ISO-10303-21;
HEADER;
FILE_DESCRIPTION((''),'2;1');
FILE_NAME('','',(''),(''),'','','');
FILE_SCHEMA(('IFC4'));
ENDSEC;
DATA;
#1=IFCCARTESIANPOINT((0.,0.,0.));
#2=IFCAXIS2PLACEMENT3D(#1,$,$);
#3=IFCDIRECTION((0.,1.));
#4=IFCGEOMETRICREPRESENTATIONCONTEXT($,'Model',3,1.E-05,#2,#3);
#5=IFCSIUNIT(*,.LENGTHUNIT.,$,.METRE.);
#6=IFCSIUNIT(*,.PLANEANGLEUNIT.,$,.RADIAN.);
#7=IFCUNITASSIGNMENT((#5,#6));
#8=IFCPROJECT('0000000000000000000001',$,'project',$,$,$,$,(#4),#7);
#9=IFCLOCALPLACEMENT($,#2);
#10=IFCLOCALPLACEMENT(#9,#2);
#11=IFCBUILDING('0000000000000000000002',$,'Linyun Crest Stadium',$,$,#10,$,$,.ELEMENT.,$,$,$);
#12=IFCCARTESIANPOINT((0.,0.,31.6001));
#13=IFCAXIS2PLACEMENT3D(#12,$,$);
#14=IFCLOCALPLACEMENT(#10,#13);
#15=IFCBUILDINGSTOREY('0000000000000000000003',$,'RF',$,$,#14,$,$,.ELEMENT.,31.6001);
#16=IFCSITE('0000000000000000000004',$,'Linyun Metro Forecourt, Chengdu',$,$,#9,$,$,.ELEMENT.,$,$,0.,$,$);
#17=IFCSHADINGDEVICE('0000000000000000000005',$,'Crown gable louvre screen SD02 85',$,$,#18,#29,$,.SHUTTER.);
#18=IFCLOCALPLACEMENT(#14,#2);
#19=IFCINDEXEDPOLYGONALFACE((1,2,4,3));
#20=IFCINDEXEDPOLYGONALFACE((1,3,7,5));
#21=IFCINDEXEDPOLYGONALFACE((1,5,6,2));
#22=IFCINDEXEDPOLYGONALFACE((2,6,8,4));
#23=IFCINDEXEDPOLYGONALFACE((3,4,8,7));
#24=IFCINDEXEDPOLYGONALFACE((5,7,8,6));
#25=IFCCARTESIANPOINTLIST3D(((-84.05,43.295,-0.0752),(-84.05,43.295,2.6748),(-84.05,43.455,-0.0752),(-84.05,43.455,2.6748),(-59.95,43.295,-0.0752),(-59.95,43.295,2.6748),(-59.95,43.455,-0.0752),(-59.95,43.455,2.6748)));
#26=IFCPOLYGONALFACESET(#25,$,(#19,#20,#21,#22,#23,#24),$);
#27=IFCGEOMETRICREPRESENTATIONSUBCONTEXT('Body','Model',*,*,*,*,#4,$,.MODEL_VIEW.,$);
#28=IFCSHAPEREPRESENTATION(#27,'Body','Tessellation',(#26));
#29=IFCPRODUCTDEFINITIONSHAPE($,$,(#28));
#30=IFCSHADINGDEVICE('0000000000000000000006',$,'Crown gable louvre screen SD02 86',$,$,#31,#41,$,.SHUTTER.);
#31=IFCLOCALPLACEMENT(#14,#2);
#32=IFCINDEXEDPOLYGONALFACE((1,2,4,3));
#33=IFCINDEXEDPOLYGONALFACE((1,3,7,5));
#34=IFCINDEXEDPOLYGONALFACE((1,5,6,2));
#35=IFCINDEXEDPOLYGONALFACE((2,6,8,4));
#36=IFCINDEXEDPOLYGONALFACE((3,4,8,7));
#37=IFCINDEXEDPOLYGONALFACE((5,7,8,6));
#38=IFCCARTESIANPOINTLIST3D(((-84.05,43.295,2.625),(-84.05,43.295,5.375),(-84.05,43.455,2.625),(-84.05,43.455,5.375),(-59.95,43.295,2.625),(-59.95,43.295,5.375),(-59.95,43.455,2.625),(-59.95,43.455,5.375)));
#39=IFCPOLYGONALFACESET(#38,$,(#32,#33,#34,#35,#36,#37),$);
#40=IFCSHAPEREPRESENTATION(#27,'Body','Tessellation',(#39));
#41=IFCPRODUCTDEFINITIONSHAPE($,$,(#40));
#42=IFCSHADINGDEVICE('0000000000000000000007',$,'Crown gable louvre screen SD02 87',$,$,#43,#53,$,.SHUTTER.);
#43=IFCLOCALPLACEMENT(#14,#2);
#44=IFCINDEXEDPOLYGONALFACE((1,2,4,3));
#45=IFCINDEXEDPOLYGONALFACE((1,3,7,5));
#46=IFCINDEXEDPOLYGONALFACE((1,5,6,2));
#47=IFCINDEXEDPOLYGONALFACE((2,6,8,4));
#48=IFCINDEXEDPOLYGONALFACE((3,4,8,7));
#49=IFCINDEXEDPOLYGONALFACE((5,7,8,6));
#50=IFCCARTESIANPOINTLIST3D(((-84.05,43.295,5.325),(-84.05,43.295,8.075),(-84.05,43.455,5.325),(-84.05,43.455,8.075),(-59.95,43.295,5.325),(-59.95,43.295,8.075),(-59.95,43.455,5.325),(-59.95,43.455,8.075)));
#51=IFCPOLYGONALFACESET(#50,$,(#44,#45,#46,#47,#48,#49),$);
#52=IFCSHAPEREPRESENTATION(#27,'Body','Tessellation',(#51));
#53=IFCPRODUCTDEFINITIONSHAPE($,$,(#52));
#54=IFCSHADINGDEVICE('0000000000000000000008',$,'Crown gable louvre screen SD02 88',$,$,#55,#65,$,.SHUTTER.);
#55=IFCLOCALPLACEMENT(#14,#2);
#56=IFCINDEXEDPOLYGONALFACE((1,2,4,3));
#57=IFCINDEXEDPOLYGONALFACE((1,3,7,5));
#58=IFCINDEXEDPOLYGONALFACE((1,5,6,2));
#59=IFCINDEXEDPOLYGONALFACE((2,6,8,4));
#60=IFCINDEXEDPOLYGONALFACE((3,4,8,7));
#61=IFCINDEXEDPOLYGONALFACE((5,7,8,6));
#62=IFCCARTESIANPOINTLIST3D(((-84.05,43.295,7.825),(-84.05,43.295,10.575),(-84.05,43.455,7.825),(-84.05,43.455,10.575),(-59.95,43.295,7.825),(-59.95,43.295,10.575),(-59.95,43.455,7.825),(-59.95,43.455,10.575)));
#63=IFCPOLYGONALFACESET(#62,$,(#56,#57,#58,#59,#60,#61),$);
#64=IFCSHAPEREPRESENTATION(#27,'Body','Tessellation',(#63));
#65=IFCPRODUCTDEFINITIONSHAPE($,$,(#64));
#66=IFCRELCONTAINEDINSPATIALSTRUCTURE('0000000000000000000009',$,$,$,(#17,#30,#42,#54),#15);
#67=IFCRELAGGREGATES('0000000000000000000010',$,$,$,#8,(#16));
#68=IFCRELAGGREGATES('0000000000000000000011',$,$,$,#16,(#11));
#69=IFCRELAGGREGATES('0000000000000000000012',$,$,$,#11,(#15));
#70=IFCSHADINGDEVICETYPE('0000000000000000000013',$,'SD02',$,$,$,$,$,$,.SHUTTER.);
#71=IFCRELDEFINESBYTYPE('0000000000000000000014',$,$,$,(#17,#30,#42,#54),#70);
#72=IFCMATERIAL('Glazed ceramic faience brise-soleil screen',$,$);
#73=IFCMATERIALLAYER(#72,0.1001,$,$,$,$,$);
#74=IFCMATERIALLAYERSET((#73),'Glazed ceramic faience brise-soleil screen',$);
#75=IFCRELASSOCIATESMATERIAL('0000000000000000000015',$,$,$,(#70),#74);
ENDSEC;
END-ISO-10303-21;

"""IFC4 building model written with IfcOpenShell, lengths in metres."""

from ifc_helpers import new_model, si_unit, direction, frame, origin, origin_2d, place, context, subcontext, project, spatial, rectangle, extrude, material, layer, layer_set, type_object, element, save


model = new_model("IFC4")

# Units and contexts
model_context = context("Model", 3, precision=1e-05, world=origin(), true_north=direction((0.0, 1.0)))
body_context = subcontext(model_context, "Body", "Model", "MODEL_VIEW")
ifc_project = project(units=[si_unit("LENGTHUNIT", "METRE"), si_unit("PLANEANGLEUNIT", "RADIAN")], contexts=[model_context])

# Site, building, storey
site_placement = place(None, origin())
site = spatial("IfcSite", under=ifc_project, at=site_placement, Name="Linyun Metro Forecourt, Chengdu", CompositionType="ELEMENT", RefElevation=0.0)
building_placement = place(site_placement, origin())
building = spatial("IfcBuilding", under=site, at=building_placement, Name="Linyun Crest Stadium", CompositionType="ELEMENT")
storey_placement = place(building_placement, frame((0.0, 0.0, 31.6001)))
storey = spatial("IfcBuildingStorey", under=building, at=storey_placement, Name="RF", CompositionType="ELEMENT", Elevation=31.6001)

# Shading devices
ifc_material_1 = material(Name="Glazed ceramic faience brise-soleil screen")
ifc_layer_1 = layer(ifc_material_1, 0.1001)
ifc_layer_set_1 = layer_set([ifc_layer_1], Name="Glazed ceramic faience brise-soleil screen")
shading_device_type_1 = type_object("IfcShadingDeviceType", Name="SD02", PredefinedType="SHUTTER", material=ifc_layer_set_1)
for number, where, z_axis, x_axis, name in (
    (1, (-72.0, 43.375, -0.0752), (0.0, 0.0, 1.0), (1.0, 0.0, 0.0), "Crown gable louvre screen SD02 85"),
    (2, (-72.0, 43.375, 2.625), (0.0, 0.0, 1.0), (1.0, 0.0, 0.0), "Crown gable louvre screen SD02 86"),
    (3, (-72.0, 43.375, 5.325), (0.0, 0.0, 1.0), (1.0, 0.0, 0.0), "Crown gable louvre screen SD02 87"),
    (4, (-72.0, 43.375, 7.825), (0.0, 0.0, 1.0), (1.0, 0.0, 0.0), "Crown gable louvre screen SD02 88"),
):
    element("IfcShadingDevice", number, at=place(storey_placement, frame(where, z_axis=z_axis, x_axis=x_axis)), inside=storey, type_object=shading_device_type_1, Name=name, PredefinedType="SHUTTER", context=body_context, shape_type="SweptSolid", body=[
        extrude(rectangle(XDim=24.1001, YDim=0.1599, at=origin_2d()), origin(), (0.0, 0.0, 1.0), 2.75),
    ])

save(model, "model.ifc")
